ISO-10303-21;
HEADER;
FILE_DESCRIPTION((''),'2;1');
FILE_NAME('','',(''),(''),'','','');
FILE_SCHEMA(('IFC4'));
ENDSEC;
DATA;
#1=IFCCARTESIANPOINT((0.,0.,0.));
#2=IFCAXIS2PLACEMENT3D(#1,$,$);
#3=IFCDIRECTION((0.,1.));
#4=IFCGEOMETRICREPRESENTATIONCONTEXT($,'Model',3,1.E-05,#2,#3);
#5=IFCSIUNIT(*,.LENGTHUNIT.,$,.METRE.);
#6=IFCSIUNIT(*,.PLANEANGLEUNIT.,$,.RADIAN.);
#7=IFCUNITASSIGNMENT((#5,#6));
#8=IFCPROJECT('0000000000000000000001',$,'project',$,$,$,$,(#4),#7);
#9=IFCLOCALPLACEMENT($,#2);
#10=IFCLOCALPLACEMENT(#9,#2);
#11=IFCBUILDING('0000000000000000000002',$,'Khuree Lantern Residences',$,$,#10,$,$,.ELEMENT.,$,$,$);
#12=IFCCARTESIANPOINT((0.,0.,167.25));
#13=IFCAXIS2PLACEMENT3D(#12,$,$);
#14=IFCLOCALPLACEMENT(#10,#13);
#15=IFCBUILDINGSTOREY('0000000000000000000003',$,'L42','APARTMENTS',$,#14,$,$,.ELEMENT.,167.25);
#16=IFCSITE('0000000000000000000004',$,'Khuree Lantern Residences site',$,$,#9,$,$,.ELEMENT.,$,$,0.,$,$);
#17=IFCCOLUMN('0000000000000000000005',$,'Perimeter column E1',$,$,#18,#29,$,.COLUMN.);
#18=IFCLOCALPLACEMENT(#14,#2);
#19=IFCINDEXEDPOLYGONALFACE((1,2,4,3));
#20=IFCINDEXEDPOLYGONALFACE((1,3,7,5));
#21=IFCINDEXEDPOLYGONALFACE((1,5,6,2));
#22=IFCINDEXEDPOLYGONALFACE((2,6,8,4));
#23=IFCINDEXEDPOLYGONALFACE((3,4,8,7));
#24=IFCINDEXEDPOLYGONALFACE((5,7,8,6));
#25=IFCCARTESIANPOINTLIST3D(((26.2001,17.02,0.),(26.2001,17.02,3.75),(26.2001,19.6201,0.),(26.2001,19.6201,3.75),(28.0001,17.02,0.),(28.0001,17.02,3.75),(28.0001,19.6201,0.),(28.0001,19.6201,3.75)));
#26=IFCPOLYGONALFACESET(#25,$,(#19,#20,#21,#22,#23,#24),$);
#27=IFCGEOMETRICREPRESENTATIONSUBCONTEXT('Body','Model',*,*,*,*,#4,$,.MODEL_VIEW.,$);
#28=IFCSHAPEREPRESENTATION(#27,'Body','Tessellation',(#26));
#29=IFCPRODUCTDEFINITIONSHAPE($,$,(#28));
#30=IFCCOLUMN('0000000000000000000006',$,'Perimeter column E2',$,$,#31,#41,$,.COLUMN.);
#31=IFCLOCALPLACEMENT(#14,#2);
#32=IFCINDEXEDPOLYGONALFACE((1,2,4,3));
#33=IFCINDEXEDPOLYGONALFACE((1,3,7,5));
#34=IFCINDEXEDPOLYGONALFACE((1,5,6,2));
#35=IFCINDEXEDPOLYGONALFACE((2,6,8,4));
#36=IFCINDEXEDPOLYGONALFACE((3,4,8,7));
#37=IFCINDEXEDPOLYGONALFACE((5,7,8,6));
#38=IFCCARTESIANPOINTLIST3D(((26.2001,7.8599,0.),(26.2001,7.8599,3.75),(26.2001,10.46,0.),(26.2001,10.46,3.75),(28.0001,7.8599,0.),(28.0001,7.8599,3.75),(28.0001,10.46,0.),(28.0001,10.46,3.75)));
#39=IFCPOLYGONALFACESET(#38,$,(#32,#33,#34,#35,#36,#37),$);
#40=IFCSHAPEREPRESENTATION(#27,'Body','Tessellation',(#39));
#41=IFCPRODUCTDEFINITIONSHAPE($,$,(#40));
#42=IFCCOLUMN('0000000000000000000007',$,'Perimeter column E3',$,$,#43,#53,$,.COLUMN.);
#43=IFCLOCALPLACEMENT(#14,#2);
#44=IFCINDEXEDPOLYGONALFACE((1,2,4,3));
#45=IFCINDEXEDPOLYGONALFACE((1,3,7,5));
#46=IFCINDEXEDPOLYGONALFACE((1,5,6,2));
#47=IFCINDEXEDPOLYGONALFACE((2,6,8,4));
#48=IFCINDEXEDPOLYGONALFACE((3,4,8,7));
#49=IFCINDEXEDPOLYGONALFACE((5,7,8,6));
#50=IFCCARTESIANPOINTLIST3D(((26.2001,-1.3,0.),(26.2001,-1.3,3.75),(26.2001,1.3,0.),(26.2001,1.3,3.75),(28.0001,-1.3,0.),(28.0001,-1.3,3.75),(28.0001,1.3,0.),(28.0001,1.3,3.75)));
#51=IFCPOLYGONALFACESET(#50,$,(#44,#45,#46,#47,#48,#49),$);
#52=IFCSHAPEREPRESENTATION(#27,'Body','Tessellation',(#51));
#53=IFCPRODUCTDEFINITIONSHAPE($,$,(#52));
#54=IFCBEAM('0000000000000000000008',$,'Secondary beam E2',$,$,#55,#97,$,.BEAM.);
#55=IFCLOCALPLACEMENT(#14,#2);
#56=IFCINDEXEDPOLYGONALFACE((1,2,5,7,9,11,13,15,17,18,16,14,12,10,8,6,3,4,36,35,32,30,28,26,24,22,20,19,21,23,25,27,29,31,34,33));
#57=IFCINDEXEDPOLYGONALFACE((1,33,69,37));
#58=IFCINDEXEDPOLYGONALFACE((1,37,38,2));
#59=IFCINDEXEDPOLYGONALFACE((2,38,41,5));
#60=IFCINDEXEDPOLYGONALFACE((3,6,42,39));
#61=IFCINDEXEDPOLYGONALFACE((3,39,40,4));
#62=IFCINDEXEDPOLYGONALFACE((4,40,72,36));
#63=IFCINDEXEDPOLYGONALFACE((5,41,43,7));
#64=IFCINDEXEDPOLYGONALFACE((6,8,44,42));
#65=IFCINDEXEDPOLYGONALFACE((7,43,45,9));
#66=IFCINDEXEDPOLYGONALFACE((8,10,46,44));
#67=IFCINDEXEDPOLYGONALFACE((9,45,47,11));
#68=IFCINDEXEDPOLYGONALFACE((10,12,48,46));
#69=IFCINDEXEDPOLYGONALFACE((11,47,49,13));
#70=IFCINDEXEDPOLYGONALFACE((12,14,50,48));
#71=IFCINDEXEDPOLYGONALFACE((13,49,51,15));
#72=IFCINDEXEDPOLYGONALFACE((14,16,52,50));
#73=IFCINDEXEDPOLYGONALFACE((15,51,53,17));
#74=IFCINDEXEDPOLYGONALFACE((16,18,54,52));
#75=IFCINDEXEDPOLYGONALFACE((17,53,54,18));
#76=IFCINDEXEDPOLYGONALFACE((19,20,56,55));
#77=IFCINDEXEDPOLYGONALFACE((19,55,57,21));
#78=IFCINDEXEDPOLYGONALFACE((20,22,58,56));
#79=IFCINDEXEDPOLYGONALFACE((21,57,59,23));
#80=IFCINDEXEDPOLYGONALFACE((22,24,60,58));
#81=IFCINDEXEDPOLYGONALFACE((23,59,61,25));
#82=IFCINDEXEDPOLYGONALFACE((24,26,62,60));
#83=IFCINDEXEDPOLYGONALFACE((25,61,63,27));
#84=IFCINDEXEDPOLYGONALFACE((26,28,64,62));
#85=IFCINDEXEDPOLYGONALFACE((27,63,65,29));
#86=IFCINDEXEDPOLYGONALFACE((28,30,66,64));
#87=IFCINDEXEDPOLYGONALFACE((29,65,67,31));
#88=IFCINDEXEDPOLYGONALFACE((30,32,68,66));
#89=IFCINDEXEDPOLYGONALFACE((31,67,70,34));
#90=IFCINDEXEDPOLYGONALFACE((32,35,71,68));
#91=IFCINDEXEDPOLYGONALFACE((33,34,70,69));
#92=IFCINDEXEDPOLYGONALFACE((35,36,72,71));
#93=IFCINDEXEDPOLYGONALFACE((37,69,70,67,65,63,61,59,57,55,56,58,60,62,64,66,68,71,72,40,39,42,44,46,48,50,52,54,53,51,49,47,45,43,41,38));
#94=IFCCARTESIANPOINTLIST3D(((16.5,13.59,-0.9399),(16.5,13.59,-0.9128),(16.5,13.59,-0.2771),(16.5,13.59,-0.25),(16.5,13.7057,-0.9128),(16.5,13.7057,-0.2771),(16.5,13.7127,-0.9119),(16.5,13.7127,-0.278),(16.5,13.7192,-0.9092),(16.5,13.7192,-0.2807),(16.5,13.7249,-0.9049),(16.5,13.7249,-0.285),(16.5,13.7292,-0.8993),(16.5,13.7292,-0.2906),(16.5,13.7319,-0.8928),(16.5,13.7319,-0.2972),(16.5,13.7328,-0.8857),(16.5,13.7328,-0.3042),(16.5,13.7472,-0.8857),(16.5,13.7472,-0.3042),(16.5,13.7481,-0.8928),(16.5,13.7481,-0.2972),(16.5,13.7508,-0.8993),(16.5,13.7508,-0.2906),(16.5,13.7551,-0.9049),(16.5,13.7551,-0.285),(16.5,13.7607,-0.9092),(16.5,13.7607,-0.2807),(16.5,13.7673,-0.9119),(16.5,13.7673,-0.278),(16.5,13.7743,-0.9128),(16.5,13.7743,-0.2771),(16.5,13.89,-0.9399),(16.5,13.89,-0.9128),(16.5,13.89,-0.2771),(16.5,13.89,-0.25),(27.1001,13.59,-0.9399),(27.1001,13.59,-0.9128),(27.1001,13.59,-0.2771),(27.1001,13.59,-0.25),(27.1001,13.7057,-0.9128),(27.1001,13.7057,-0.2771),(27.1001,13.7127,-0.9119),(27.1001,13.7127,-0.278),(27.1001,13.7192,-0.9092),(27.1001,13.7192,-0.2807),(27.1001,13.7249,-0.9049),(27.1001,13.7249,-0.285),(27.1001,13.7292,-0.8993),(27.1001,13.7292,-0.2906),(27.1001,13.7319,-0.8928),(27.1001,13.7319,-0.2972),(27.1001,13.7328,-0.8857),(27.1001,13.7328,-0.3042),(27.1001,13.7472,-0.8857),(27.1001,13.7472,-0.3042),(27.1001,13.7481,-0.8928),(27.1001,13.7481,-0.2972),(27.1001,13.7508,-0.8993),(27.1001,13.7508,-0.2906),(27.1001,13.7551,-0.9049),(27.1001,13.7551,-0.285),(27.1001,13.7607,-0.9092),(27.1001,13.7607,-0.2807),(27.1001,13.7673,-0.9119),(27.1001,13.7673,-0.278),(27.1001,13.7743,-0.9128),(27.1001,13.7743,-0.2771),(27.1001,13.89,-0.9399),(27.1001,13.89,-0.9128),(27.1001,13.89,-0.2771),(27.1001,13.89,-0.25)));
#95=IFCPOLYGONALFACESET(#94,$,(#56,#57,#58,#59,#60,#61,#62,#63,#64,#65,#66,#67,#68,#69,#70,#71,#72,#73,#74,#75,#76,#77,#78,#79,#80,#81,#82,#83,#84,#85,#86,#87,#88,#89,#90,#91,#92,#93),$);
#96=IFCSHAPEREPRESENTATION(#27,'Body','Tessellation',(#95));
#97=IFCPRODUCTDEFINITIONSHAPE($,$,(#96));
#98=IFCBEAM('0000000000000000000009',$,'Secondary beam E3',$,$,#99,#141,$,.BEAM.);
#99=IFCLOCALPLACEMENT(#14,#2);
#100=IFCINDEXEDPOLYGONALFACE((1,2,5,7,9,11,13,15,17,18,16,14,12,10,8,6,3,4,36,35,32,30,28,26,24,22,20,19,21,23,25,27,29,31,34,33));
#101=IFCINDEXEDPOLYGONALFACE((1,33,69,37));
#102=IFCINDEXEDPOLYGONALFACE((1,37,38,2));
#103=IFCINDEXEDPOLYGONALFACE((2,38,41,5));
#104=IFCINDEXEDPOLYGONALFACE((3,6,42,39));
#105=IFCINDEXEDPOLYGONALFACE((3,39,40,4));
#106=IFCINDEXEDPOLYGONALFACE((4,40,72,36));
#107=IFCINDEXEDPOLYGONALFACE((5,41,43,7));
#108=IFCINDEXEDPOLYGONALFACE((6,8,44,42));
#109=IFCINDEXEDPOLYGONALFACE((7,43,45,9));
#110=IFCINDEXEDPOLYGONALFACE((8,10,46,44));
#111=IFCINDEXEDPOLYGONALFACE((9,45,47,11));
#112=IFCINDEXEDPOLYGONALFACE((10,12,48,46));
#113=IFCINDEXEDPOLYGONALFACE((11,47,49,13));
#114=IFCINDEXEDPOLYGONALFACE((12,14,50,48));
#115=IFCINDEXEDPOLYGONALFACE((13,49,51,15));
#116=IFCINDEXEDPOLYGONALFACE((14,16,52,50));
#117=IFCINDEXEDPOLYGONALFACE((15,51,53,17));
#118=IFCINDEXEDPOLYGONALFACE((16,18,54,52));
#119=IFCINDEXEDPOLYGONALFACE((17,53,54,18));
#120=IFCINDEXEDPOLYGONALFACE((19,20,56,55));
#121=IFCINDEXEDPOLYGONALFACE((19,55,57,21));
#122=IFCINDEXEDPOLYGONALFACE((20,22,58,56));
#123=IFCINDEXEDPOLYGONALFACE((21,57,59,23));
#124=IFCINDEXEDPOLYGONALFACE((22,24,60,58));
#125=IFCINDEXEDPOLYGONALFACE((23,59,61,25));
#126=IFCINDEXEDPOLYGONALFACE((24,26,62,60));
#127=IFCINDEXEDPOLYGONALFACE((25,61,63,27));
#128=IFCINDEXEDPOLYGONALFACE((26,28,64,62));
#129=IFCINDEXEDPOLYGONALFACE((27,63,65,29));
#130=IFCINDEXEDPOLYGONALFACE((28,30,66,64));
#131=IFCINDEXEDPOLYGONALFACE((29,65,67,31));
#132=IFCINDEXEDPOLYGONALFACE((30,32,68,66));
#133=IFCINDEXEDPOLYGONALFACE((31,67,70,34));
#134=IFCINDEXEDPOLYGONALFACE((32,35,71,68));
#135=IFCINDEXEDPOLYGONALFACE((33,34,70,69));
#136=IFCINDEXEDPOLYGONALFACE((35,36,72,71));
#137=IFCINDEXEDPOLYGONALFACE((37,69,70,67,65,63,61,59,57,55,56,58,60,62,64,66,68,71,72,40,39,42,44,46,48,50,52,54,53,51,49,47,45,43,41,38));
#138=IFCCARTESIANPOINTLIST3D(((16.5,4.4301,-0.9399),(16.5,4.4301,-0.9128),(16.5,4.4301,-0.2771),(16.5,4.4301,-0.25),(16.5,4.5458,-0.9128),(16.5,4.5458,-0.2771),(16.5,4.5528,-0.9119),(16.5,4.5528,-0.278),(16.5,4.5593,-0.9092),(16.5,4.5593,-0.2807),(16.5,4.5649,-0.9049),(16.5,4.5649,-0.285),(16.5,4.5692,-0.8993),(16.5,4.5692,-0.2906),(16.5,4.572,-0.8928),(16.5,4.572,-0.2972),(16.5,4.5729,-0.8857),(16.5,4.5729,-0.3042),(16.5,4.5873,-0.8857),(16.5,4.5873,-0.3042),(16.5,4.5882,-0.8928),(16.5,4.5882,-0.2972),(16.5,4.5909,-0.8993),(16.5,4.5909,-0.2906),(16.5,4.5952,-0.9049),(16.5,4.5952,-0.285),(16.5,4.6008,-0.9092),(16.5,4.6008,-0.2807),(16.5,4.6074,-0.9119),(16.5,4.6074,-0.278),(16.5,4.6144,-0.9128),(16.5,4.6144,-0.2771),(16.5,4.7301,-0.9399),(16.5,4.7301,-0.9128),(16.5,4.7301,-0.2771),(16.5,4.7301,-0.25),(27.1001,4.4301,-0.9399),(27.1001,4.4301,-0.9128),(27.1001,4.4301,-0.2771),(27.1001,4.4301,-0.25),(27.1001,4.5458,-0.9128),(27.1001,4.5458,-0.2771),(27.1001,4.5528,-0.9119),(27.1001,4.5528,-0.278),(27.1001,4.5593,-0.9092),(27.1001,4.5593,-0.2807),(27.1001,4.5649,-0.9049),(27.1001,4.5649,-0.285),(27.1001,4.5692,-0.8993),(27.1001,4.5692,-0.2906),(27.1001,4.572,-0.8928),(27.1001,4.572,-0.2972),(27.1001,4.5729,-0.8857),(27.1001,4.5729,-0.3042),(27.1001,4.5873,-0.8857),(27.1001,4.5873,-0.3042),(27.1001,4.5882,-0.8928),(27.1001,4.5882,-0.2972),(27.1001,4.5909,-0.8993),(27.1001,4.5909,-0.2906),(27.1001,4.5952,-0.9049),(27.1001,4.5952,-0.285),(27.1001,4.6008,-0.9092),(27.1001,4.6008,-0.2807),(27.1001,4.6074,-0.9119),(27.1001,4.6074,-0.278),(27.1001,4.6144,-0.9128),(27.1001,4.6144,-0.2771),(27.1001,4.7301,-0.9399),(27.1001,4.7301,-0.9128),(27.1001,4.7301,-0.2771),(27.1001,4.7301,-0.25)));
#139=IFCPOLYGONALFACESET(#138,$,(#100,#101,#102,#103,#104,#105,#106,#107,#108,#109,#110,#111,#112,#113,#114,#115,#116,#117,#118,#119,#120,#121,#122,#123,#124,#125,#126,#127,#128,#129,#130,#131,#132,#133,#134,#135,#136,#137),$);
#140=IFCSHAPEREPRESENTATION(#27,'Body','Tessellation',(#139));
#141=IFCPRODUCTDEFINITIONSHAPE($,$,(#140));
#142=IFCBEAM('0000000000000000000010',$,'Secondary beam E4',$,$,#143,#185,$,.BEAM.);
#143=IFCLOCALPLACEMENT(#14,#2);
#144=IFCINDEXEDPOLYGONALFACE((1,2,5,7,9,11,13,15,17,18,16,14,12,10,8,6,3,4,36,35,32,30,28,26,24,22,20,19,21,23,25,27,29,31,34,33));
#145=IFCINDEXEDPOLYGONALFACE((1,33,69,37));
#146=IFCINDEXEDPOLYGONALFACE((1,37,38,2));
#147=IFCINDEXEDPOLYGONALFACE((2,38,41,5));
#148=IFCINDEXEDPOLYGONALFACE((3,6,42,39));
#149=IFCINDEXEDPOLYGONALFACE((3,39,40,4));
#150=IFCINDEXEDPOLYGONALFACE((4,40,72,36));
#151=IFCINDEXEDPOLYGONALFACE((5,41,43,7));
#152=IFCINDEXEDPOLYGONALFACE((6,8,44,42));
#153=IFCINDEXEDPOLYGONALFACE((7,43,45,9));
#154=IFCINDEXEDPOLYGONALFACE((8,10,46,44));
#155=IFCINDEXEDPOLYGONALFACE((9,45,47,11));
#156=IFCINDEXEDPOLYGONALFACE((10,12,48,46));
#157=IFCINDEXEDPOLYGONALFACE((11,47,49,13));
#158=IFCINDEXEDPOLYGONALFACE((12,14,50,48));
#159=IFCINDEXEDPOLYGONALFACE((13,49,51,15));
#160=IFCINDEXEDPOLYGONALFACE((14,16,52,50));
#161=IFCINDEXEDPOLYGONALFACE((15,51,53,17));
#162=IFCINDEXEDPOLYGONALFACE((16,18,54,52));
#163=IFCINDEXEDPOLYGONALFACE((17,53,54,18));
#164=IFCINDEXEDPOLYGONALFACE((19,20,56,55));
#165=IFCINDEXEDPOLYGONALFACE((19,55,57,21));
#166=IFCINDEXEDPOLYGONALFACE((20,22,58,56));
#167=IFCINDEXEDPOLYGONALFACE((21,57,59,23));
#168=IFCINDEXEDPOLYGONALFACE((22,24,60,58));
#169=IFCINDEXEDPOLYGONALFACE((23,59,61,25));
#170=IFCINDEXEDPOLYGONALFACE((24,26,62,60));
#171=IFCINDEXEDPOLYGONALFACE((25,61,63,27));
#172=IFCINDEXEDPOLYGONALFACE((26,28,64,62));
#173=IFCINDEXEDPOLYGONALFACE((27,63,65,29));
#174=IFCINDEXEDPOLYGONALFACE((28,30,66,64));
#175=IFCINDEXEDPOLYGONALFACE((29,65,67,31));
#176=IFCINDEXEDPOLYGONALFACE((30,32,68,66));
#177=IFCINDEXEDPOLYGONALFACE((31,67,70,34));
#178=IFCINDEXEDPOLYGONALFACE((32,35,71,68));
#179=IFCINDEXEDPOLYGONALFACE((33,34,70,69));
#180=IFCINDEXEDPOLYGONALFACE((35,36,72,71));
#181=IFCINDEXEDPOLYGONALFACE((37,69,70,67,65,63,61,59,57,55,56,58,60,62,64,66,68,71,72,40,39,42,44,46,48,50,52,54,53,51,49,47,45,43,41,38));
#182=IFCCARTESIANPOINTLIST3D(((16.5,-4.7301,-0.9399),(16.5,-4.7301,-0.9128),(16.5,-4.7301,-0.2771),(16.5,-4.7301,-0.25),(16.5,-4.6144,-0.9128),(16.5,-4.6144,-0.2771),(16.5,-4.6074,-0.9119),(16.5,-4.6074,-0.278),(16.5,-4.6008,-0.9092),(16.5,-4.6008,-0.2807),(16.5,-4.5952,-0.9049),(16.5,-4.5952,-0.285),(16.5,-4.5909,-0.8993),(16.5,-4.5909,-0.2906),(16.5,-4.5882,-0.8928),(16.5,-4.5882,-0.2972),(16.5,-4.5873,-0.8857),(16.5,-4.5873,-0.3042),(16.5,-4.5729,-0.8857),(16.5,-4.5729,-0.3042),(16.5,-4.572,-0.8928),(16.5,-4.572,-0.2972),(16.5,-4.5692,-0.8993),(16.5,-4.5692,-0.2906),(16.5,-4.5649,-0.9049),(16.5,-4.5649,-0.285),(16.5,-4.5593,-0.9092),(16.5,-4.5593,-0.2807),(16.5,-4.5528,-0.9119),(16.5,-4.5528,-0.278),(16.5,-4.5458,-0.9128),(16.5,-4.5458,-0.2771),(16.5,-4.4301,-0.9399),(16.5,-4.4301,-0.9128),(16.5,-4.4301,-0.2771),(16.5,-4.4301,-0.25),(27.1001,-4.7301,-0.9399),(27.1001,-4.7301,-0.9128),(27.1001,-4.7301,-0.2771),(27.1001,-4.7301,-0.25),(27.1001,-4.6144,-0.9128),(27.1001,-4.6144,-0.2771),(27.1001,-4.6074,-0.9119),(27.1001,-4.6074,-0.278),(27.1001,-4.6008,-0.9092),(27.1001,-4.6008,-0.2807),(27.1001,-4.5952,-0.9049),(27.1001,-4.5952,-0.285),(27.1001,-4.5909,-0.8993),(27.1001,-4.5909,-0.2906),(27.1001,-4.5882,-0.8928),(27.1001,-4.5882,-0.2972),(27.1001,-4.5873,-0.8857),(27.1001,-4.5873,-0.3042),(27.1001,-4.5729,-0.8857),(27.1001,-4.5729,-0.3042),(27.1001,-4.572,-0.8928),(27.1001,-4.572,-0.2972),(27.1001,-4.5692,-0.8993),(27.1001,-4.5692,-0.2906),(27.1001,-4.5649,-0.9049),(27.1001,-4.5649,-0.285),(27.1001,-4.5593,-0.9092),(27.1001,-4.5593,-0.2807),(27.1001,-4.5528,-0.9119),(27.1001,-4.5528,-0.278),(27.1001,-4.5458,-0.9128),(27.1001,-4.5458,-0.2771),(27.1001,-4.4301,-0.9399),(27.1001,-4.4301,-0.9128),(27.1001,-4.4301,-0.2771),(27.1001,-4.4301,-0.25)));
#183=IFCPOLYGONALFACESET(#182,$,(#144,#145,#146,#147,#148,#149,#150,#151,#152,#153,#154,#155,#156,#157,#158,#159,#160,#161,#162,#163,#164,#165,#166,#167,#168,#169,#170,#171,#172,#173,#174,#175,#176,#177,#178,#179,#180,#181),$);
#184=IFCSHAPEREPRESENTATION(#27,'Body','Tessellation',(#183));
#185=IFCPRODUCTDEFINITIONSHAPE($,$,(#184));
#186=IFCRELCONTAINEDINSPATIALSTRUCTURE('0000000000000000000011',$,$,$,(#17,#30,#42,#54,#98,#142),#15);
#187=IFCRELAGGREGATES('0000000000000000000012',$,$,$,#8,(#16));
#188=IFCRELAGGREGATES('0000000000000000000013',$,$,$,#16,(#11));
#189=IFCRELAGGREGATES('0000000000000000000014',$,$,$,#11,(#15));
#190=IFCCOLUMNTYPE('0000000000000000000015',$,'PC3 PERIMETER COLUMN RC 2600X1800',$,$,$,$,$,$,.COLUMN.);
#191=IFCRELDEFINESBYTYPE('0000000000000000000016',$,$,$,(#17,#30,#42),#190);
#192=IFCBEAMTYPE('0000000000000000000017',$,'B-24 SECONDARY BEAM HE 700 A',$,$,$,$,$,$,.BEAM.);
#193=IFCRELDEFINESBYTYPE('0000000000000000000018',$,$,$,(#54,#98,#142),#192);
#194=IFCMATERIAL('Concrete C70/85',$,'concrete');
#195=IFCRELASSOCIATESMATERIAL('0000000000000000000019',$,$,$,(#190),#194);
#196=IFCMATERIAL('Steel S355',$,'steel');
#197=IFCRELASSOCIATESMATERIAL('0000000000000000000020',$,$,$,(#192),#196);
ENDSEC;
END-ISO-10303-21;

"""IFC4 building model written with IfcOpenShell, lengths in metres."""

from ifc_helpers import new_model, si_unit, direction, frame, origin, origin_2d, place, context, subcontext, project, spatial, rectangle, i_section, extrude, material, material_profile, profile_set, type_object, element, save


model = new_model("IFC4")

# Units and contexts
model_context = context("Model", 3, precision=1e-05, world=origin(), true_north=direction((0.0, 1.0)))
body_context = subcontext(model_context, "Body", "Model", "MODEL_VIEW")
ifc_project = project(units=[si_unit("LENGTHUNIT", "METRE"), si_unit("PLANEANGLEUNIT", "RADIAN")], contexts=[model_context])

# Site, building, storey
site_placement = place(None, origin())
site = spatial("IfcSite", under=ifc_project, at=site_placement, Name="Khuree Lantern Residences site", CompositionType="ELEMENT", RefElevation=0.0)
building_placement = place(site_placement, origin())
building = spatial("IfcBuilding", under=site, at=building_placement, Name="Khuree Lantern Residences", CompositionType="ELEMENT")
storey_placement = place(building_placement, frame((0.0, 0.0, 167.25)))
storey = spatial("IfcBuildingStorey", under=building, at=storey_placement, Name="L42", Description="APARTMENTS", CompositionType="ELEMENT", Elevation=167.25)

# Columns
ifc_material_1 = material(Name="Concrete C70/85", Category="concrete")
ifc_material_profile_1 = material_profile(ifc_material_1, rectangle(XDim=2.6001, YDim=1.8, at=origin_2d()), Name="RC 2600X1800")
ifc_profile_set_1 = profile_set([ifc_material_profile_1], Name="Concrete C70/85")
column_type = type_object("IfcColumnType", Name="PC3 PERIMETER COLUMN RC 2600X1800", PredefinedType="COLUMN", material=ifc_profile_set_1)
for number, where, z_axis, x_axis, name in (
    (1, (27.1001, 18.3201, 0.0), (0.0, 0.0, 1.0), (0.0, 1.0, 0.0), "Perimeter column E1"),
    (2, (27.1001, 9.1599, 0.0), (0.0, 0.0, 1.0), (0.0, 1.0, 0.0), "Perimeter column E2"),
    (3, (27.1001, 0.0, 0.0), (0.0, 0.0, 1.0), (0.0, 1.0, 0.0), "Perimeter column E3"),
):
    element("IfcColumn", number, at=place(storey_placement, frame(where, z_axis=z_axis, x_axis=x_axis)), inside=storey, type_object=column_type, Name=name, PredefinedType="COLUMN", context=body_context, shape_type="SweptSolid", body=[
        extrude(rectangle(XDim=2.6001, YDim=1.8, at=origin_2d()), origin(), (0.0, 0.0, 1.0), 3.75),
    ])

# Beams
ifc_material_2 = material(Name="Steel S355", Category="steel")
ifc_material_profile_2 = material_profile(ifc_material_2, i_section(OverallWidth=0.3, OverallDepth=0.6899, WebThickness=0.0144, FlangeThickness=0.0271, FilletRadius=0.0271, at=origin_2d()), Name="HE 700 A")
ifc_profile_set_2 = profile_set([ifc_material_profile_2], Name="Steel S355")
beam_type_1 = type_object("IfcBeamType", Name="B-24 SECONDARY BEAM HE 700 A", PredefinedType="BEAM", material=ifc_profile_set_2)
for number, where, z_axis, x_axis, name in (
    (4, (27.1001, 13.74, -0.595), (-1.0, 0.0, 0.0), (0.0, -1.0, 0.0), "Secondary beam E2"),
    (5, (27.1001, 4.5801, -0.595), (-1.0, 0.0, 0.0), (0.0, -1.0, 0.0), "Secondary beam E3"),
    (6, (27.1001, -4.5801, -0.595), (-1.0, 0.0, 0.0), (0.0, -1.0, 0.0), "Secondary beam E4"),
):
    element("IfcBeam", number, at=place(storey_placement, frame(where, z_axis=z_axis, x_axis=x_axis)), inside=storey, type_object=beam_type_1, Name=name, PredefinedType="BEAM", context=body_context, shape_type="SweptSolid", body=[
        extrude(i_section(OverallWidth=0.3, OverallDepth=0.6899, WebThickness=0.0144, FlangeThickness=0.0271, FilletRadius=0.0271, at=origin_2d()), origin(), (0.0, 0.0, 1.0), 10.6001),
    ])

save(model, "model.ifc")
